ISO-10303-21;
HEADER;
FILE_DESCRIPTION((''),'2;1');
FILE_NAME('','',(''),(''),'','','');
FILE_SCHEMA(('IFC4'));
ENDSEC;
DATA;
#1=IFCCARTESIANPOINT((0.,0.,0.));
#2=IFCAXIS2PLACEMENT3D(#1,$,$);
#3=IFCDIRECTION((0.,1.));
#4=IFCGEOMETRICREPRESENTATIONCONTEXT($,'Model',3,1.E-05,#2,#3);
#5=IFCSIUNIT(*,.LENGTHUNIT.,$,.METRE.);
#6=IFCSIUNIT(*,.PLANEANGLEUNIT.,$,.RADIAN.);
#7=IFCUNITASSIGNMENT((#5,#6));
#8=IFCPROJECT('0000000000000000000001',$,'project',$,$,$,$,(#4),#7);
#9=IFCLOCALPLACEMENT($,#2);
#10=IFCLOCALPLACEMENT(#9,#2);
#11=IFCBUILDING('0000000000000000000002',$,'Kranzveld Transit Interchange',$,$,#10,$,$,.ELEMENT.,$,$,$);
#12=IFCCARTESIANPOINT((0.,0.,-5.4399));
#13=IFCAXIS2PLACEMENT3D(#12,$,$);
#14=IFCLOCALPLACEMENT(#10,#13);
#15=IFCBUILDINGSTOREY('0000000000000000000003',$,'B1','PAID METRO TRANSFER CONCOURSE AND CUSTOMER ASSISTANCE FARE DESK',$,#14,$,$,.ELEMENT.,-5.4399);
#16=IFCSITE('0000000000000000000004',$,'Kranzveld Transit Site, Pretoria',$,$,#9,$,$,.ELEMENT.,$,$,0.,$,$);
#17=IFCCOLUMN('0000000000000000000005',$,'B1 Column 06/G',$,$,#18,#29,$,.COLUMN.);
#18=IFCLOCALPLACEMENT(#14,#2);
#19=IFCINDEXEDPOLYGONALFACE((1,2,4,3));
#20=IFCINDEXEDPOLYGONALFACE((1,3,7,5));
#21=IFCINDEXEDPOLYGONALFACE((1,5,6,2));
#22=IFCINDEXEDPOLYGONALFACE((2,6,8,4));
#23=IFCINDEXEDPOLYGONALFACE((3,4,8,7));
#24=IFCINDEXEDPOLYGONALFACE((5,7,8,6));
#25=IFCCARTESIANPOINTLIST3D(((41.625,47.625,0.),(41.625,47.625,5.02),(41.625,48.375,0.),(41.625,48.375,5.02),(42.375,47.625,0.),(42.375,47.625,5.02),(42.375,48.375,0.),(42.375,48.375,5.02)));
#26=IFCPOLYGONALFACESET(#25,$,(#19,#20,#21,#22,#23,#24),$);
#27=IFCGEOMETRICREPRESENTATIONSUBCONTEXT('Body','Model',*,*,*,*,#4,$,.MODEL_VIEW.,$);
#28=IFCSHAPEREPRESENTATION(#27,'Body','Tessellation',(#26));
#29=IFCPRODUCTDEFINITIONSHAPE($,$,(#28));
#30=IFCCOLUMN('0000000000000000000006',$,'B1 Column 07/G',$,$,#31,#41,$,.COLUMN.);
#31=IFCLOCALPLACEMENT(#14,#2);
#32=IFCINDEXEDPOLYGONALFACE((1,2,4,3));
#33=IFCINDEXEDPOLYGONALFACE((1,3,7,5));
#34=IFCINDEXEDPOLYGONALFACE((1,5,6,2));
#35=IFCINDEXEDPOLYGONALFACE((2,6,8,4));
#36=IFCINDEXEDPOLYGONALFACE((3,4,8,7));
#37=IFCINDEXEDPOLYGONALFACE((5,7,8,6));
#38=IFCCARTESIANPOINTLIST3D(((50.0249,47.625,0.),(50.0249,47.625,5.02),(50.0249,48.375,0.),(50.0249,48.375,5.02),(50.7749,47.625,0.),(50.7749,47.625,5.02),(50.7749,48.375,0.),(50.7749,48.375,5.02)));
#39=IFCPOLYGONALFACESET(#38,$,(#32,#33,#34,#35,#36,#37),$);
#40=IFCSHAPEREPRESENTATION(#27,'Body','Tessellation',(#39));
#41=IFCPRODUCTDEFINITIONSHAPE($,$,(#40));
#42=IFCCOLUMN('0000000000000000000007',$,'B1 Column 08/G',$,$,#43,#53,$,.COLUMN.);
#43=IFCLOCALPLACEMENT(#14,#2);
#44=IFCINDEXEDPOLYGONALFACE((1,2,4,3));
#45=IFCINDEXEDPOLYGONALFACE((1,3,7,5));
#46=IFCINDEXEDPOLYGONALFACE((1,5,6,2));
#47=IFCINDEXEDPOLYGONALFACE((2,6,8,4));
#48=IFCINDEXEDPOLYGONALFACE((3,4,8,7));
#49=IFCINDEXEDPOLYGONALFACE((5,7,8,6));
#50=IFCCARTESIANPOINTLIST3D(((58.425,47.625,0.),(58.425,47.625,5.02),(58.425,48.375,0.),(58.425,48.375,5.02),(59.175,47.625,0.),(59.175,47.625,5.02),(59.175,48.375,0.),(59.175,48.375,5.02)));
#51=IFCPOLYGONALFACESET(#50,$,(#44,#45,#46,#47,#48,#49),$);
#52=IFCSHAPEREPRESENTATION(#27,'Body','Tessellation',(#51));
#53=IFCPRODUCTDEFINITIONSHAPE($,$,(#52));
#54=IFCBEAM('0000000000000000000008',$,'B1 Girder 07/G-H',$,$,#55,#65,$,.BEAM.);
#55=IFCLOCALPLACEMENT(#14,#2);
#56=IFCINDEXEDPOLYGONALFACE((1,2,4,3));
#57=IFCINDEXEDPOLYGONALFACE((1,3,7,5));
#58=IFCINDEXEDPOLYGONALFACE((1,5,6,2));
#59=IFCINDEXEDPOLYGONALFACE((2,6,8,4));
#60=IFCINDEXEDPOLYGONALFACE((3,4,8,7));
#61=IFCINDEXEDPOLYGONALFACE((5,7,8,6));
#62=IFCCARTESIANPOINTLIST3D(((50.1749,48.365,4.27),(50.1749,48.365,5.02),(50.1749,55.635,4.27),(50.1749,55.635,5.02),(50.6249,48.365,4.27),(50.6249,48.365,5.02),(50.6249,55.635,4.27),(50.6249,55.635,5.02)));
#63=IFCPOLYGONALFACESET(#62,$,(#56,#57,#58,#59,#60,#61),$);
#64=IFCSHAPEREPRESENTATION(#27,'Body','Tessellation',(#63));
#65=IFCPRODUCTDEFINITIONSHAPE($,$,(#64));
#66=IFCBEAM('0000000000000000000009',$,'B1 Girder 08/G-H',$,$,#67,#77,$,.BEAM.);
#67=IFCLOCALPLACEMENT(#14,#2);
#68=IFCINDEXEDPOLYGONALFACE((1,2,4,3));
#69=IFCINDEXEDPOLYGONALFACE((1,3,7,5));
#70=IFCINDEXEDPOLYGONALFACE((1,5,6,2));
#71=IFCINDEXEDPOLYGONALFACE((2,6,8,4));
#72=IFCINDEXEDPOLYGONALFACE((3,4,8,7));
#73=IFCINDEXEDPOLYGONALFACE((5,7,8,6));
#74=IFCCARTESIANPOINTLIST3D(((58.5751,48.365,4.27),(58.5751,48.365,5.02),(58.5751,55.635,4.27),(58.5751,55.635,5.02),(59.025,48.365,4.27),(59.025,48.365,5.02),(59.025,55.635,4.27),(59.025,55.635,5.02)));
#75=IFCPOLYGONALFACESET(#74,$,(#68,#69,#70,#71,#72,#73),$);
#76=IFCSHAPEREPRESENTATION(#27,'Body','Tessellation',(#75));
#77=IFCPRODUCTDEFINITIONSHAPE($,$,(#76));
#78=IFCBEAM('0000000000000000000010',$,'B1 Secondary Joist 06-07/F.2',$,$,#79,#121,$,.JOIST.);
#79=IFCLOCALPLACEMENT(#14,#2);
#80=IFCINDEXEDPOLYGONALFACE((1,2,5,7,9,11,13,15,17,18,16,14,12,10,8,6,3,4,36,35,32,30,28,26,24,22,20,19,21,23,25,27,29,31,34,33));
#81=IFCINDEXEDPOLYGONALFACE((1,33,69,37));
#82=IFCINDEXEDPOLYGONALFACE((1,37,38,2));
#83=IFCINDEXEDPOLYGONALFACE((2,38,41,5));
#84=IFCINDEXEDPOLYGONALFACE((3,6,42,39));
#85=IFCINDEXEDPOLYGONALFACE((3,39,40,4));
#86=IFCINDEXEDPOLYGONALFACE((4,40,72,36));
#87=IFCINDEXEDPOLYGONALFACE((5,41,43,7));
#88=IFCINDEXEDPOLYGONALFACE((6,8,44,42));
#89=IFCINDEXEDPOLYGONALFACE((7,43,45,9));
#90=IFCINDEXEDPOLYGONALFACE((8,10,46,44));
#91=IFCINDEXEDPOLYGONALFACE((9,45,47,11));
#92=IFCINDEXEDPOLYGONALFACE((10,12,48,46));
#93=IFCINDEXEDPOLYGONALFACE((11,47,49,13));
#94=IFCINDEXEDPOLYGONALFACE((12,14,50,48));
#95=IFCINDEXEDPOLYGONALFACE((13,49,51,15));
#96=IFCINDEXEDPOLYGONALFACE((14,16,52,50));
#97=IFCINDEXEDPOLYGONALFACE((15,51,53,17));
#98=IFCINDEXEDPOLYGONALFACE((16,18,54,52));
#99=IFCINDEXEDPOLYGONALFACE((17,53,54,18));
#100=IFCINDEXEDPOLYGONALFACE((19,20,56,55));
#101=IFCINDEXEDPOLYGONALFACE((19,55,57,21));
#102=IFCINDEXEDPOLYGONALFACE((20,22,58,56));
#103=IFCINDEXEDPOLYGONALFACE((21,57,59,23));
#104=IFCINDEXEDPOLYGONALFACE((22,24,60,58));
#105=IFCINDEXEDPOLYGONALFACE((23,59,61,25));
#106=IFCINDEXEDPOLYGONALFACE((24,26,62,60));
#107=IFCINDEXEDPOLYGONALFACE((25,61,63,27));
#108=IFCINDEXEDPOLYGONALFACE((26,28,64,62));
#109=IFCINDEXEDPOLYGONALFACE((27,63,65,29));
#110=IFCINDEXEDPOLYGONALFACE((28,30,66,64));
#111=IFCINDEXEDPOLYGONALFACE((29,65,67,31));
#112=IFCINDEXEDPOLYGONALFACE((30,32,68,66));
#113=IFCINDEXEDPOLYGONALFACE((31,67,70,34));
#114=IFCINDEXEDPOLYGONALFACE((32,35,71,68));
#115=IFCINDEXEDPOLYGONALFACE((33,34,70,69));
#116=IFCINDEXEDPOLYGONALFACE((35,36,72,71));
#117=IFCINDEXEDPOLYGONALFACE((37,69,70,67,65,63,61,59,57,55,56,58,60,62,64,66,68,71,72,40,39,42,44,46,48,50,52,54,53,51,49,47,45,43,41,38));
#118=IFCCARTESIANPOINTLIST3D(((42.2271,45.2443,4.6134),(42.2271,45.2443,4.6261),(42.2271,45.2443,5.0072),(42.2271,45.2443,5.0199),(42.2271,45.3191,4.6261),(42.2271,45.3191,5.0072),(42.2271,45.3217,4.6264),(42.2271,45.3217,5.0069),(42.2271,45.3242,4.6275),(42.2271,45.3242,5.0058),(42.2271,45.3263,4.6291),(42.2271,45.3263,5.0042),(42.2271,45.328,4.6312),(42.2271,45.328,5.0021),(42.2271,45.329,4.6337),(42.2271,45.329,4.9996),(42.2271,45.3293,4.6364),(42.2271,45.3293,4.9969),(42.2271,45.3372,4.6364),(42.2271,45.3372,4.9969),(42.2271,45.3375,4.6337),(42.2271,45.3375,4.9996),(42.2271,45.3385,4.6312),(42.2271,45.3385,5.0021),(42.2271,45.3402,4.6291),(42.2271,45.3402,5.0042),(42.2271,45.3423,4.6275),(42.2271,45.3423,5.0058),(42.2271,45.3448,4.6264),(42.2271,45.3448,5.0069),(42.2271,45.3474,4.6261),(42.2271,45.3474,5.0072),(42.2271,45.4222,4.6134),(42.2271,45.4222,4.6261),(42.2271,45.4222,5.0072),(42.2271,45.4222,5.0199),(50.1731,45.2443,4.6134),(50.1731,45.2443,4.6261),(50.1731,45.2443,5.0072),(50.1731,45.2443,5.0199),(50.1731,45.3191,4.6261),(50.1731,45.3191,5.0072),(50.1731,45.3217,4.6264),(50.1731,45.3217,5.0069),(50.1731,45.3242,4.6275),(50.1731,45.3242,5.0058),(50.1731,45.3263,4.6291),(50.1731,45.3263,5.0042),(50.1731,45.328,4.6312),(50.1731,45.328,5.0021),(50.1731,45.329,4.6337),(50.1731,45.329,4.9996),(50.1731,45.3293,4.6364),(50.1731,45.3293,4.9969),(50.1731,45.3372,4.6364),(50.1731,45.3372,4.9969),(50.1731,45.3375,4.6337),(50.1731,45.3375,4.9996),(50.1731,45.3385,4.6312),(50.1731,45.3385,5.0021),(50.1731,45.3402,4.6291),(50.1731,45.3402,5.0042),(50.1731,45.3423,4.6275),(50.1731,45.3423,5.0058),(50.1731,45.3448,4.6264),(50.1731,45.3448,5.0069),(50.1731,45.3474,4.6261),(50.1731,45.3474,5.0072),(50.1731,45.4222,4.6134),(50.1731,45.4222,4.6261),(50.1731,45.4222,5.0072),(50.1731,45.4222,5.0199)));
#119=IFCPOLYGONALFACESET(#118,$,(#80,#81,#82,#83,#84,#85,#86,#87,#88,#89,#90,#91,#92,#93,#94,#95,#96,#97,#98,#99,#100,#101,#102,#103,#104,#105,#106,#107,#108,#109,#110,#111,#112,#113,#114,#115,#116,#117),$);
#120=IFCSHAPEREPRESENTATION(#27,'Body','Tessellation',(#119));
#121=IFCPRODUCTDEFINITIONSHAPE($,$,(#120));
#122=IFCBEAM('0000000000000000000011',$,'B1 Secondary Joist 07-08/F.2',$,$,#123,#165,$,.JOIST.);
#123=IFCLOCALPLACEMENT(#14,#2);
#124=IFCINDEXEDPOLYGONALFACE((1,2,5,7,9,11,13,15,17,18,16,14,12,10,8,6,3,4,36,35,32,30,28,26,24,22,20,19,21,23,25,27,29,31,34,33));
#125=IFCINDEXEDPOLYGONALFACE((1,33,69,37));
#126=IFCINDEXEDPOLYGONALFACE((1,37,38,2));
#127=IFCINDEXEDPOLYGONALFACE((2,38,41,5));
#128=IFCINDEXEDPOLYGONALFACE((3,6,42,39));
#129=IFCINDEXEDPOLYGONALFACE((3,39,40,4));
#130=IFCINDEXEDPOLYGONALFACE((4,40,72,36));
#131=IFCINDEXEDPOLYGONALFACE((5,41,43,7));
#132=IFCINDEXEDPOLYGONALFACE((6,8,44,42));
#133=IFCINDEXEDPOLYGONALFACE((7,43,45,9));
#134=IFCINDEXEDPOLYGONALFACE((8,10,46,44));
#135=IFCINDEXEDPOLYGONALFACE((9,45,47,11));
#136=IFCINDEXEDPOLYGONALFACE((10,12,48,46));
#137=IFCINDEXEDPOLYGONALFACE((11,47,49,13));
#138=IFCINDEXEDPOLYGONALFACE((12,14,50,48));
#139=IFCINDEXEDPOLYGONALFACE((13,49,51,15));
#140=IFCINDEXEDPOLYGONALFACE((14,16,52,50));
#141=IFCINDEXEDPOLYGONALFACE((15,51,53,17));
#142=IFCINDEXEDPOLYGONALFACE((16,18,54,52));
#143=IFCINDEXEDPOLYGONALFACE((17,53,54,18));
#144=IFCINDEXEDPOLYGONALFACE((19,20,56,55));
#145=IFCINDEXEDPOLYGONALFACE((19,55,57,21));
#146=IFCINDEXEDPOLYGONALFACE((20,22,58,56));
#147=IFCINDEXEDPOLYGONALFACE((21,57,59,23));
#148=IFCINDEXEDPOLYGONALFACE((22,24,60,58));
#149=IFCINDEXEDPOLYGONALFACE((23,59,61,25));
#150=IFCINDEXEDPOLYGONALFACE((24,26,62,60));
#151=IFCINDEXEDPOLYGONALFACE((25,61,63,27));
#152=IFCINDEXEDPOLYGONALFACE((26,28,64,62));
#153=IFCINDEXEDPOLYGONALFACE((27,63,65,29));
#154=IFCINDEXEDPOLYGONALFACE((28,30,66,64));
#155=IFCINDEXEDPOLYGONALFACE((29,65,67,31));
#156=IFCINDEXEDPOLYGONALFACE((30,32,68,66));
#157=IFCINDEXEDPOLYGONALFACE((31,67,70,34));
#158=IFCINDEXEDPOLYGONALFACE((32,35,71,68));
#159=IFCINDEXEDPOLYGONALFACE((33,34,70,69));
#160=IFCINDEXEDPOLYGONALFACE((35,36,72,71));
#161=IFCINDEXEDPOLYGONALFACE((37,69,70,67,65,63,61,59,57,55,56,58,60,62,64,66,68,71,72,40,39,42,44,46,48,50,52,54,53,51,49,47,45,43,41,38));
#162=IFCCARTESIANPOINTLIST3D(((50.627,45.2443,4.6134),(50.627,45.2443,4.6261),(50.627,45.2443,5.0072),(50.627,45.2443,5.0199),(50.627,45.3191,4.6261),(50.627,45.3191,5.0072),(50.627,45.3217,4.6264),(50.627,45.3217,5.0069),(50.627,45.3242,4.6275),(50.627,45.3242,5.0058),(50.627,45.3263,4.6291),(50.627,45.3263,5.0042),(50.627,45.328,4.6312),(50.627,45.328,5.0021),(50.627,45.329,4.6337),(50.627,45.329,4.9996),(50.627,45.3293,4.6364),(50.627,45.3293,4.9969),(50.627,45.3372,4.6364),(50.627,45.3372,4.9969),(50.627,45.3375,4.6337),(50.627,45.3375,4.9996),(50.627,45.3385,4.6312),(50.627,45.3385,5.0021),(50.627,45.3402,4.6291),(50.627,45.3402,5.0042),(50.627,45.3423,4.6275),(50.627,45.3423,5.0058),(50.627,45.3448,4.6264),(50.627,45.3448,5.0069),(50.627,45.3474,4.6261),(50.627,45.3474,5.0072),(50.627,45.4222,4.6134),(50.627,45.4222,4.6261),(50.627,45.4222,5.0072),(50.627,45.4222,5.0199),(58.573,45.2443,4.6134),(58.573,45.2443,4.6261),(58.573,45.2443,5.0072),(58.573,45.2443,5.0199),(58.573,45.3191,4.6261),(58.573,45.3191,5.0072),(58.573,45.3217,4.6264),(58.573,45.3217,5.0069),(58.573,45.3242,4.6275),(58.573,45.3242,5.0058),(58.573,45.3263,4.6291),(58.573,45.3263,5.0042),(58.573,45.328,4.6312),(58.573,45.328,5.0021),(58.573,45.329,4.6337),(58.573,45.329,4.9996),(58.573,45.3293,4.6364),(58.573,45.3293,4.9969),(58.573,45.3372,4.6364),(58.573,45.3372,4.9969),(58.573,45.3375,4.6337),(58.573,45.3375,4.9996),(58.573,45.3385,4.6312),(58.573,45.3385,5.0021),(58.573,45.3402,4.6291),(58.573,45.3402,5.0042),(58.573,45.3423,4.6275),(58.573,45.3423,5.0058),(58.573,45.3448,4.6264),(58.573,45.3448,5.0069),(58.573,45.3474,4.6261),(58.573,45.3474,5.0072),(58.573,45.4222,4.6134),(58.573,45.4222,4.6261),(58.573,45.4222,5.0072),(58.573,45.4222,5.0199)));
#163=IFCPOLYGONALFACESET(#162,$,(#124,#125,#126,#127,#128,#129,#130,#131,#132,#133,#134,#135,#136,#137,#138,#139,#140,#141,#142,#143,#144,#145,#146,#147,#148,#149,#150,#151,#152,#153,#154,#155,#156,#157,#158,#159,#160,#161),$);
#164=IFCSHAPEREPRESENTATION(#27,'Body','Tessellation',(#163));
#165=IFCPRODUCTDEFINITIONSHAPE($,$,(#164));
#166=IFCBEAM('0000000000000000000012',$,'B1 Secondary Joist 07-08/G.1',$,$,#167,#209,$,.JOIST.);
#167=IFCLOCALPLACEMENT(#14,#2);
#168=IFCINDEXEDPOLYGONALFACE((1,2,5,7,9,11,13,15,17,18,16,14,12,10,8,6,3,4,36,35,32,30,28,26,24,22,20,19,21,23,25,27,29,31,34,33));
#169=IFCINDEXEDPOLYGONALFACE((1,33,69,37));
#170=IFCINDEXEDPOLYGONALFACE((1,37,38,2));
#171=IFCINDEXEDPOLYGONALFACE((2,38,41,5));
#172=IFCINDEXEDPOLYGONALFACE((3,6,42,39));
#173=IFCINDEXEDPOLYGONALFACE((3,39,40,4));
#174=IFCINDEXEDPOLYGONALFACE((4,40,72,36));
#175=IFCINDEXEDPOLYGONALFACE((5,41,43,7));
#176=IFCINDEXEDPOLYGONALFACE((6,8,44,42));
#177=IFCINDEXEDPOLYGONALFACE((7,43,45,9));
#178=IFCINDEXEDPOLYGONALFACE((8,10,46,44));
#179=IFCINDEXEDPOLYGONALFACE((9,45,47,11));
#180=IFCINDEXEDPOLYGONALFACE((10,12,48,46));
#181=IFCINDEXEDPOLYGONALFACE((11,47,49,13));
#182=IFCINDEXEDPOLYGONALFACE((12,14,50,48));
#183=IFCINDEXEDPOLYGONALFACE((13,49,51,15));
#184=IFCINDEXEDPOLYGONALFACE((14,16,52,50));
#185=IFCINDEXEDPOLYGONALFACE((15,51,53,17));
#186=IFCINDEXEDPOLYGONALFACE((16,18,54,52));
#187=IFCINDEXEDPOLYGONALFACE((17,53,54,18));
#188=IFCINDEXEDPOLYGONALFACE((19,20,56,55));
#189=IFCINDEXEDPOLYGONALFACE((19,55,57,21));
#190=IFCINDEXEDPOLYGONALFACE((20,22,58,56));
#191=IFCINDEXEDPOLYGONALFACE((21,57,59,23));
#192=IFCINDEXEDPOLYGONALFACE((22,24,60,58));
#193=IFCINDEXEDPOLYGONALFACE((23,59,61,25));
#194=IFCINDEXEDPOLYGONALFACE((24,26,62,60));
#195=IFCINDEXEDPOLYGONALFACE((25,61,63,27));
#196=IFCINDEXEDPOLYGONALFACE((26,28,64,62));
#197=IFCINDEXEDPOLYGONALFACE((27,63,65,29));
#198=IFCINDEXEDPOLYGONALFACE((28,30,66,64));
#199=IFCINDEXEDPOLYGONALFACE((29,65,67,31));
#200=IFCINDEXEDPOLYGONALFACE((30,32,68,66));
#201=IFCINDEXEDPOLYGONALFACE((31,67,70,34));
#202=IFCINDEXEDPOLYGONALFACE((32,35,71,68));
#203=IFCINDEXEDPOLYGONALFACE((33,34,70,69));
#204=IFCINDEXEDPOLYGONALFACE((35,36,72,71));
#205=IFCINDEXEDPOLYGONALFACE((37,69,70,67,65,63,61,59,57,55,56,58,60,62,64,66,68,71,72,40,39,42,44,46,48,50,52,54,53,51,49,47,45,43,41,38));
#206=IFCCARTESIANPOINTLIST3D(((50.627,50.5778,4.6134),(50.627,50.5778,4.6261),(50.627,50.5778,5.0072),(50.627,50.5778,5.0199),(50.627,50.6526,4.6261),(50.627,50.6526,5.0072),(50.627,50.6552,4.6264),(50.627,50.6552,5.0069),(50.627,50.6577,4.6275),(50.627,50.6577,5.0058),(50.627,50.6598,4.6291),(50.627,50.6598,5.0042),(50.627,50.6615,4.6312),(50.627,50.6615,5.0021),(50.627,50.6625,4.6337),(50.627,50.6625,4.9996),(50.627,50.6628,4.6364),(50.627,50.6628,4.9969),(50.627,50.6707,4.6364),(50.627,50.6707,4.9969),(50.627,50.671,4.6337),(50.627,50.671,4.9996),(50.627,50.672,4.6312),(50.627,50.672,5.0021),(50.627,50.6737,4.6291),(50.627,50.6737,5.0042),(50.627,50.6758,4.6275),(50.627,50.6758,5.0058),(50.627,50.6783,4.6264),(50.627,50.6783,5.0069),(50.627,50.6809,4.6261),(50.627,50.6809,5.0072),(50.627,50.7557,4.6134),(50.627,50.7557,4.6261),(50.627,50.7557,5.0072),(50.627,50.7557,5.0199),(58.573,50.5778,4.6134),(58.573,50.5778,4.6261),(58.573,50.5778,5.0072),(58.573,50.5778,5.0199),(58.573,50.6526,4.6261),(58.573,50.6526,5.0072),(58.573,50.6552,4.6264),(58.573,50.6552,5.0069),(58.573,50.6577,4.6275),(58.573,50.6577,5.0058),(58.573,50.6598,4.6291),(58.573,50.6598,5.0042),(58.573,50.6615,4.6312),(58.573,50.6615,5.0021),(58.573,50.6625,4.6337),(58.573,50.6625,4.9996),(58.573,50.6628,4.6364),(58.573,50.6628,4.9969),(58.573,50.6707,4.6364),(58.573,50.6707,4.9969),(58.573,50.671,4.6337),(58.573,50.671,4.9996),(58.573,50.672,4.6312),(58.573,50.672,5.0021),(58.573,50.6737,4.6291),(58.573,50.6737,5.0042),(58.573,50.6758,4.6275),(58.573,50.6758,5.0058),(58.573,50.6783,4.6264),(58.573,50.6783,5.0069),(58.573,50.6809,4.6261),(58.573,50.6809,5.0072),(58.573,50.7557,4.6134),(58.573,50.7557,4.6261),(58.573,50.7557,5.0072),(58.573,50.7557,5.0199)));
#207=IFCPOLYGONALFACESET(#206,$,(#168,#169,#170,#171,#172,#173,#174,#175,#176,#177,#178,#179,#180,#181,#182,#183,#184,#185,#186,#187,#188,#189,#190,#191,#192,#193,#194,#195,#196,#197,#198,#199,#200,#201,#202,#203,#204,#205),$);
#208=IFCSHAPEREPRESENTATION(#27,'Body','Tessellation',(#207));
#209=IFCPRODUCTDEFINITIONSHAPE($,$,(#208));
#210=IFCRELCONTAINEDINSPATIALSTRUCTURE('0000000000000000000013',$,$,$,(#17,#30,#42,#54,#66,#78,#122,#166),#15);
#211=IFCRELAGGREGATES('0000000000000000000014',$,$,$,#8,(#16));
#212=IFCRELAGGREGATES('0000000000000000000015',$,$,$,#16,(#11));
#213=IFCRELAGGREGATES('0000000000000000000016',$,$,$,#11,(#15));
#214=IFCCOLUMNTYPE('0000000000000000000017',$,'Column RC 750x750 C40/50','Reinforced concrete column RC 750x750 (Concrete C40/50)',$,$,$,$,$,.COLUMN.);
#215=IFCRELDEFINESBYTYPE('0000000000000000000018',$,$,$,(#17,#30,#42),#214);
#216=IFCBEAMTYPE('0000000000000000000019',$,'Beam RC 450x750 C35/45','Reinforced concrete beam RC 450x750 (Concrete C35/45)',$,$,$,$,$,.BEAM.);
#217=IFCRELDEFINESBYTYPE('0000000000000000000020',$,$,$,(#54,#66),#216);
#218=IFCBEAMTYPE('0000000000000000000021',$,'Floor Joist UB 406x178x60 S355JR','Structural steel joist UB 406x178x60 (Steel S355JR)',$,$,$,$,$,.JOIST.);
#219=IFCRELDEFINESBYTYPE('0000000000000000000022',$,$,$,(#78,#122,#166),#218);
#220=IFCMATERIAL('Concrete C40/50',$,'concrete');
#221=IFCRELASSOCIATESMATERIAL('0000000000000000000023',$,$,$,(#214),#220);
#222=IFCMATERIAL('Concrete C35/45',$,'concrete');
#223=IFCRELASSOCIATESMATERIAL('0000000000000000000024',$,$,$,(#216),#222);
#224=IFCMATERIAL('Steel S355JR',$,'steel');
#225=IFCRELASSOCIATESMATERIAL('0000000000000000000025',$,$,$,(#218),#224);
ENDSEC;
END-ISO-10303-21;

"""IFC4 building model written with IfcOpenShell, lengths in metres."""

from ifc_helpers import new_model, si_unit, direction, frame, origin, origin_2d, place, context, subcontext, project, spatial, rectangle, i_section, extrude, material, material_profile, profile_set, type_object, element, save


model = new_model("IFC4")

# Units and contexts
model_context = context("Model", 3, precision=1e-05, world=origin(), true_north=direction((0.0, 1.0)))
body_context = subcontext(model_context, "Body", "Model", "MODEL_VIEW")
ifc_project = project(units=[si_unit("LENGTHUNIT", "METRE"), si_unit("PLANEANGLEUNIT", "RADIAN")], contexts=[model_context])

# Site, building, storey
site_placement = place(None, origin())
site = spatial("IfcSite", under=ifc_project, at=site_placement, Name="Kranzveld Transit Site, Pretoria", CompositionType="ELEMENT", RefElevation=0.0)
building_placement = place(site_placement, origin())
building = spatial("IfcBuilding", under=site, at=building_placement, Name="Kranzveld Transit Interchange", CompositionType="ELEMENT")
storey_placement = place(building_placement, frame((0.0, 0.0, -5.4399)))
storey = spatial("IfcBuildingStorey", under=building, at=storey_placement, Name="B1", Description="PAID METRO TRANSFER CONCOURSE AND CUSTOMER ASSISTANCE FARE DESK", CompositionType="ELEMENT", Elevation=-5.4399)

# Columns
ifc_material_1 = material(Name="Concrete C40/50", Category="concrete")
ifc_material_profile_1 = material_profile(ifc_material_1, rectangle(XDim=0.75, YDim=0.75, at=origin_2d()), Name="RC 750x750")
ifc_profile_set_1 = profile_set([ifc_material_profile_1], Name="Concrete C40/50")
column_type = type_object("IfcColumnType", Name="Column RC 750x750 C40/50", Description="Reinforced concrete column RC 750x750 (Concrete C40/50)", PredefinedType="COLUMN", material=ifc_profile_set_1)
for number, where, z_axis, x_axis, name in (
    (1, (42.0, 48.0, 0.0), (0.0, 0.0, 1.0), (1.0, 0.0, 0.0), "B1 Column 06/G"),
    (2, (50.3999, 48.0, 0.0), (0.0, 0.0, 1.0), (1.0, 0.0, 0.0), "B1 Column 07/G"),
    (3, (58.8, 48.0, 0.0), (0.0, 0.0, 1.0), (1.0, 0.0, 0.0), "B1 Column 08/G"),
):
    element("IfcColumn", number, at=place(storey_placement, frame(where, z_axis=z_axis, x_axis=x_axis)), inside=storey, type_object=column_type, Name=name, PredefinedType="COLUMN", context=body_context, shape_type="SweptSolid", body=[
        extrude(rectangle(XDim=0.75, YDim=0.75, at=origin_2d()), origin(), (0.0, 0.0, 1.0), 5.02),
    ])

# Beams
ifc_material_2 = material(Name="Concrete C35/45", Category="concrete")
ifc_material_profile_2 = material_profile(ifc_material_2, rectangle(XDim=0.45, YDim=0.75, at=origin_2d()), Name="RC 450x750")
ifc_profile_set_2 = profile_set([ifc_material_profile_2], Name="Concrete C35/45")
beam_type_1 = type_object("IfcBeamType", Name="Beam RC 450x750 C35/45", Description="Reinforced concrete beam RC 450x750 (Concrete C35/45)", PredefinedType="BEAM", material=ifc_profile_set_2)
for number, where, z_axis, x_axis, name in (
    (4, (50.3999, 48.365, 4.645), (0.0, 1.0, 0.0), (-1.0, 0.0, 0.0), "B1 Girder 07/G-H"),
    (5, (58.8, 48.365, 4.645), (0.0, 1.0, 0.0), (-1.0, 0.0, 0.0), "B1 Girder 08/G-H"),
):
    element("IfcBeam", number, at=place(storey_placement, frame(where, z_axis=z_axis, x_axis=x_axis)), inside=storey, type_object=beam_type_1, Name=name, PredefinedType="BEAM", context=body_context, shape_type="SweptSolid", body=[
        extrude(rectangle(XDim=0.45, YDim=0.75, at=origin_2d()), origin(), (0.0, 0.0, 1.0), 7.27),
    ])
ifc_material_3 = material(Name="Steel S355JR", Category="steel")
ifc_material_profile_3 = material_profile(ifc_material_3, i_section(OverallWidth=0.178, OverallDepth=0.4065, WebThickness=0.0078, FlangeThickness=0.0127, FilletRadius=0.0103, at=origin_2d()), Name="UB 406x178x60")
ifc_profile_set_3 = profile_set([ifc_material_profile_3], Name="Steel S355JR")
beam_type_2 = type_object("IfcBeamType", Name="Floor Joist UB 406x178x60 S355JR", Description="Structural steel joist UB 406x178x60 (Steel S355JR)", PredefinedType="JOIST", material=ifc_profile_set_3)
for number, where, z_axis, x_axis, name in (
    (6, (42.2271, 45.3333, 4.8167), (1.0, 0.0, 0.0), (0.0, 1.0, 0.0), "B1 Secondary Joist 06-07/F.2"),
    (7, (50.627, 45.3333, 4.8167), (1.0, 0.0, 0.0), (0.0, 1.0, 0.0), "B1 Secondary Joist 07-08/F.2"),
    (8, (50.627, 50.6667, 4.8167), (1.0, 0.0, 0.0), (0.0, 1.0, 0.0), "B1 Secondary Joist 07-08/G.1"),
):
    element("IfcBeam", number, at=place(storey_placement, frame(where, z_axis=z_axis, x_axis=x_axis)), inside=storey, type_object=beam_type_2, Name=name, PredefinedType="JOIST", context=body_context, shape_type="SweptSolid", body=[
        extrude(i_section(OverallWidth=0.178, OverallDepth=0.4065, WebThickness=0.0078, FlangeThickness=0.0127, FilletRadius=0.0103, at=origin_2d()), origin(), (0.0, 0.0, 1.0), 7.946),
    ])

save(model, "model.ifc")
